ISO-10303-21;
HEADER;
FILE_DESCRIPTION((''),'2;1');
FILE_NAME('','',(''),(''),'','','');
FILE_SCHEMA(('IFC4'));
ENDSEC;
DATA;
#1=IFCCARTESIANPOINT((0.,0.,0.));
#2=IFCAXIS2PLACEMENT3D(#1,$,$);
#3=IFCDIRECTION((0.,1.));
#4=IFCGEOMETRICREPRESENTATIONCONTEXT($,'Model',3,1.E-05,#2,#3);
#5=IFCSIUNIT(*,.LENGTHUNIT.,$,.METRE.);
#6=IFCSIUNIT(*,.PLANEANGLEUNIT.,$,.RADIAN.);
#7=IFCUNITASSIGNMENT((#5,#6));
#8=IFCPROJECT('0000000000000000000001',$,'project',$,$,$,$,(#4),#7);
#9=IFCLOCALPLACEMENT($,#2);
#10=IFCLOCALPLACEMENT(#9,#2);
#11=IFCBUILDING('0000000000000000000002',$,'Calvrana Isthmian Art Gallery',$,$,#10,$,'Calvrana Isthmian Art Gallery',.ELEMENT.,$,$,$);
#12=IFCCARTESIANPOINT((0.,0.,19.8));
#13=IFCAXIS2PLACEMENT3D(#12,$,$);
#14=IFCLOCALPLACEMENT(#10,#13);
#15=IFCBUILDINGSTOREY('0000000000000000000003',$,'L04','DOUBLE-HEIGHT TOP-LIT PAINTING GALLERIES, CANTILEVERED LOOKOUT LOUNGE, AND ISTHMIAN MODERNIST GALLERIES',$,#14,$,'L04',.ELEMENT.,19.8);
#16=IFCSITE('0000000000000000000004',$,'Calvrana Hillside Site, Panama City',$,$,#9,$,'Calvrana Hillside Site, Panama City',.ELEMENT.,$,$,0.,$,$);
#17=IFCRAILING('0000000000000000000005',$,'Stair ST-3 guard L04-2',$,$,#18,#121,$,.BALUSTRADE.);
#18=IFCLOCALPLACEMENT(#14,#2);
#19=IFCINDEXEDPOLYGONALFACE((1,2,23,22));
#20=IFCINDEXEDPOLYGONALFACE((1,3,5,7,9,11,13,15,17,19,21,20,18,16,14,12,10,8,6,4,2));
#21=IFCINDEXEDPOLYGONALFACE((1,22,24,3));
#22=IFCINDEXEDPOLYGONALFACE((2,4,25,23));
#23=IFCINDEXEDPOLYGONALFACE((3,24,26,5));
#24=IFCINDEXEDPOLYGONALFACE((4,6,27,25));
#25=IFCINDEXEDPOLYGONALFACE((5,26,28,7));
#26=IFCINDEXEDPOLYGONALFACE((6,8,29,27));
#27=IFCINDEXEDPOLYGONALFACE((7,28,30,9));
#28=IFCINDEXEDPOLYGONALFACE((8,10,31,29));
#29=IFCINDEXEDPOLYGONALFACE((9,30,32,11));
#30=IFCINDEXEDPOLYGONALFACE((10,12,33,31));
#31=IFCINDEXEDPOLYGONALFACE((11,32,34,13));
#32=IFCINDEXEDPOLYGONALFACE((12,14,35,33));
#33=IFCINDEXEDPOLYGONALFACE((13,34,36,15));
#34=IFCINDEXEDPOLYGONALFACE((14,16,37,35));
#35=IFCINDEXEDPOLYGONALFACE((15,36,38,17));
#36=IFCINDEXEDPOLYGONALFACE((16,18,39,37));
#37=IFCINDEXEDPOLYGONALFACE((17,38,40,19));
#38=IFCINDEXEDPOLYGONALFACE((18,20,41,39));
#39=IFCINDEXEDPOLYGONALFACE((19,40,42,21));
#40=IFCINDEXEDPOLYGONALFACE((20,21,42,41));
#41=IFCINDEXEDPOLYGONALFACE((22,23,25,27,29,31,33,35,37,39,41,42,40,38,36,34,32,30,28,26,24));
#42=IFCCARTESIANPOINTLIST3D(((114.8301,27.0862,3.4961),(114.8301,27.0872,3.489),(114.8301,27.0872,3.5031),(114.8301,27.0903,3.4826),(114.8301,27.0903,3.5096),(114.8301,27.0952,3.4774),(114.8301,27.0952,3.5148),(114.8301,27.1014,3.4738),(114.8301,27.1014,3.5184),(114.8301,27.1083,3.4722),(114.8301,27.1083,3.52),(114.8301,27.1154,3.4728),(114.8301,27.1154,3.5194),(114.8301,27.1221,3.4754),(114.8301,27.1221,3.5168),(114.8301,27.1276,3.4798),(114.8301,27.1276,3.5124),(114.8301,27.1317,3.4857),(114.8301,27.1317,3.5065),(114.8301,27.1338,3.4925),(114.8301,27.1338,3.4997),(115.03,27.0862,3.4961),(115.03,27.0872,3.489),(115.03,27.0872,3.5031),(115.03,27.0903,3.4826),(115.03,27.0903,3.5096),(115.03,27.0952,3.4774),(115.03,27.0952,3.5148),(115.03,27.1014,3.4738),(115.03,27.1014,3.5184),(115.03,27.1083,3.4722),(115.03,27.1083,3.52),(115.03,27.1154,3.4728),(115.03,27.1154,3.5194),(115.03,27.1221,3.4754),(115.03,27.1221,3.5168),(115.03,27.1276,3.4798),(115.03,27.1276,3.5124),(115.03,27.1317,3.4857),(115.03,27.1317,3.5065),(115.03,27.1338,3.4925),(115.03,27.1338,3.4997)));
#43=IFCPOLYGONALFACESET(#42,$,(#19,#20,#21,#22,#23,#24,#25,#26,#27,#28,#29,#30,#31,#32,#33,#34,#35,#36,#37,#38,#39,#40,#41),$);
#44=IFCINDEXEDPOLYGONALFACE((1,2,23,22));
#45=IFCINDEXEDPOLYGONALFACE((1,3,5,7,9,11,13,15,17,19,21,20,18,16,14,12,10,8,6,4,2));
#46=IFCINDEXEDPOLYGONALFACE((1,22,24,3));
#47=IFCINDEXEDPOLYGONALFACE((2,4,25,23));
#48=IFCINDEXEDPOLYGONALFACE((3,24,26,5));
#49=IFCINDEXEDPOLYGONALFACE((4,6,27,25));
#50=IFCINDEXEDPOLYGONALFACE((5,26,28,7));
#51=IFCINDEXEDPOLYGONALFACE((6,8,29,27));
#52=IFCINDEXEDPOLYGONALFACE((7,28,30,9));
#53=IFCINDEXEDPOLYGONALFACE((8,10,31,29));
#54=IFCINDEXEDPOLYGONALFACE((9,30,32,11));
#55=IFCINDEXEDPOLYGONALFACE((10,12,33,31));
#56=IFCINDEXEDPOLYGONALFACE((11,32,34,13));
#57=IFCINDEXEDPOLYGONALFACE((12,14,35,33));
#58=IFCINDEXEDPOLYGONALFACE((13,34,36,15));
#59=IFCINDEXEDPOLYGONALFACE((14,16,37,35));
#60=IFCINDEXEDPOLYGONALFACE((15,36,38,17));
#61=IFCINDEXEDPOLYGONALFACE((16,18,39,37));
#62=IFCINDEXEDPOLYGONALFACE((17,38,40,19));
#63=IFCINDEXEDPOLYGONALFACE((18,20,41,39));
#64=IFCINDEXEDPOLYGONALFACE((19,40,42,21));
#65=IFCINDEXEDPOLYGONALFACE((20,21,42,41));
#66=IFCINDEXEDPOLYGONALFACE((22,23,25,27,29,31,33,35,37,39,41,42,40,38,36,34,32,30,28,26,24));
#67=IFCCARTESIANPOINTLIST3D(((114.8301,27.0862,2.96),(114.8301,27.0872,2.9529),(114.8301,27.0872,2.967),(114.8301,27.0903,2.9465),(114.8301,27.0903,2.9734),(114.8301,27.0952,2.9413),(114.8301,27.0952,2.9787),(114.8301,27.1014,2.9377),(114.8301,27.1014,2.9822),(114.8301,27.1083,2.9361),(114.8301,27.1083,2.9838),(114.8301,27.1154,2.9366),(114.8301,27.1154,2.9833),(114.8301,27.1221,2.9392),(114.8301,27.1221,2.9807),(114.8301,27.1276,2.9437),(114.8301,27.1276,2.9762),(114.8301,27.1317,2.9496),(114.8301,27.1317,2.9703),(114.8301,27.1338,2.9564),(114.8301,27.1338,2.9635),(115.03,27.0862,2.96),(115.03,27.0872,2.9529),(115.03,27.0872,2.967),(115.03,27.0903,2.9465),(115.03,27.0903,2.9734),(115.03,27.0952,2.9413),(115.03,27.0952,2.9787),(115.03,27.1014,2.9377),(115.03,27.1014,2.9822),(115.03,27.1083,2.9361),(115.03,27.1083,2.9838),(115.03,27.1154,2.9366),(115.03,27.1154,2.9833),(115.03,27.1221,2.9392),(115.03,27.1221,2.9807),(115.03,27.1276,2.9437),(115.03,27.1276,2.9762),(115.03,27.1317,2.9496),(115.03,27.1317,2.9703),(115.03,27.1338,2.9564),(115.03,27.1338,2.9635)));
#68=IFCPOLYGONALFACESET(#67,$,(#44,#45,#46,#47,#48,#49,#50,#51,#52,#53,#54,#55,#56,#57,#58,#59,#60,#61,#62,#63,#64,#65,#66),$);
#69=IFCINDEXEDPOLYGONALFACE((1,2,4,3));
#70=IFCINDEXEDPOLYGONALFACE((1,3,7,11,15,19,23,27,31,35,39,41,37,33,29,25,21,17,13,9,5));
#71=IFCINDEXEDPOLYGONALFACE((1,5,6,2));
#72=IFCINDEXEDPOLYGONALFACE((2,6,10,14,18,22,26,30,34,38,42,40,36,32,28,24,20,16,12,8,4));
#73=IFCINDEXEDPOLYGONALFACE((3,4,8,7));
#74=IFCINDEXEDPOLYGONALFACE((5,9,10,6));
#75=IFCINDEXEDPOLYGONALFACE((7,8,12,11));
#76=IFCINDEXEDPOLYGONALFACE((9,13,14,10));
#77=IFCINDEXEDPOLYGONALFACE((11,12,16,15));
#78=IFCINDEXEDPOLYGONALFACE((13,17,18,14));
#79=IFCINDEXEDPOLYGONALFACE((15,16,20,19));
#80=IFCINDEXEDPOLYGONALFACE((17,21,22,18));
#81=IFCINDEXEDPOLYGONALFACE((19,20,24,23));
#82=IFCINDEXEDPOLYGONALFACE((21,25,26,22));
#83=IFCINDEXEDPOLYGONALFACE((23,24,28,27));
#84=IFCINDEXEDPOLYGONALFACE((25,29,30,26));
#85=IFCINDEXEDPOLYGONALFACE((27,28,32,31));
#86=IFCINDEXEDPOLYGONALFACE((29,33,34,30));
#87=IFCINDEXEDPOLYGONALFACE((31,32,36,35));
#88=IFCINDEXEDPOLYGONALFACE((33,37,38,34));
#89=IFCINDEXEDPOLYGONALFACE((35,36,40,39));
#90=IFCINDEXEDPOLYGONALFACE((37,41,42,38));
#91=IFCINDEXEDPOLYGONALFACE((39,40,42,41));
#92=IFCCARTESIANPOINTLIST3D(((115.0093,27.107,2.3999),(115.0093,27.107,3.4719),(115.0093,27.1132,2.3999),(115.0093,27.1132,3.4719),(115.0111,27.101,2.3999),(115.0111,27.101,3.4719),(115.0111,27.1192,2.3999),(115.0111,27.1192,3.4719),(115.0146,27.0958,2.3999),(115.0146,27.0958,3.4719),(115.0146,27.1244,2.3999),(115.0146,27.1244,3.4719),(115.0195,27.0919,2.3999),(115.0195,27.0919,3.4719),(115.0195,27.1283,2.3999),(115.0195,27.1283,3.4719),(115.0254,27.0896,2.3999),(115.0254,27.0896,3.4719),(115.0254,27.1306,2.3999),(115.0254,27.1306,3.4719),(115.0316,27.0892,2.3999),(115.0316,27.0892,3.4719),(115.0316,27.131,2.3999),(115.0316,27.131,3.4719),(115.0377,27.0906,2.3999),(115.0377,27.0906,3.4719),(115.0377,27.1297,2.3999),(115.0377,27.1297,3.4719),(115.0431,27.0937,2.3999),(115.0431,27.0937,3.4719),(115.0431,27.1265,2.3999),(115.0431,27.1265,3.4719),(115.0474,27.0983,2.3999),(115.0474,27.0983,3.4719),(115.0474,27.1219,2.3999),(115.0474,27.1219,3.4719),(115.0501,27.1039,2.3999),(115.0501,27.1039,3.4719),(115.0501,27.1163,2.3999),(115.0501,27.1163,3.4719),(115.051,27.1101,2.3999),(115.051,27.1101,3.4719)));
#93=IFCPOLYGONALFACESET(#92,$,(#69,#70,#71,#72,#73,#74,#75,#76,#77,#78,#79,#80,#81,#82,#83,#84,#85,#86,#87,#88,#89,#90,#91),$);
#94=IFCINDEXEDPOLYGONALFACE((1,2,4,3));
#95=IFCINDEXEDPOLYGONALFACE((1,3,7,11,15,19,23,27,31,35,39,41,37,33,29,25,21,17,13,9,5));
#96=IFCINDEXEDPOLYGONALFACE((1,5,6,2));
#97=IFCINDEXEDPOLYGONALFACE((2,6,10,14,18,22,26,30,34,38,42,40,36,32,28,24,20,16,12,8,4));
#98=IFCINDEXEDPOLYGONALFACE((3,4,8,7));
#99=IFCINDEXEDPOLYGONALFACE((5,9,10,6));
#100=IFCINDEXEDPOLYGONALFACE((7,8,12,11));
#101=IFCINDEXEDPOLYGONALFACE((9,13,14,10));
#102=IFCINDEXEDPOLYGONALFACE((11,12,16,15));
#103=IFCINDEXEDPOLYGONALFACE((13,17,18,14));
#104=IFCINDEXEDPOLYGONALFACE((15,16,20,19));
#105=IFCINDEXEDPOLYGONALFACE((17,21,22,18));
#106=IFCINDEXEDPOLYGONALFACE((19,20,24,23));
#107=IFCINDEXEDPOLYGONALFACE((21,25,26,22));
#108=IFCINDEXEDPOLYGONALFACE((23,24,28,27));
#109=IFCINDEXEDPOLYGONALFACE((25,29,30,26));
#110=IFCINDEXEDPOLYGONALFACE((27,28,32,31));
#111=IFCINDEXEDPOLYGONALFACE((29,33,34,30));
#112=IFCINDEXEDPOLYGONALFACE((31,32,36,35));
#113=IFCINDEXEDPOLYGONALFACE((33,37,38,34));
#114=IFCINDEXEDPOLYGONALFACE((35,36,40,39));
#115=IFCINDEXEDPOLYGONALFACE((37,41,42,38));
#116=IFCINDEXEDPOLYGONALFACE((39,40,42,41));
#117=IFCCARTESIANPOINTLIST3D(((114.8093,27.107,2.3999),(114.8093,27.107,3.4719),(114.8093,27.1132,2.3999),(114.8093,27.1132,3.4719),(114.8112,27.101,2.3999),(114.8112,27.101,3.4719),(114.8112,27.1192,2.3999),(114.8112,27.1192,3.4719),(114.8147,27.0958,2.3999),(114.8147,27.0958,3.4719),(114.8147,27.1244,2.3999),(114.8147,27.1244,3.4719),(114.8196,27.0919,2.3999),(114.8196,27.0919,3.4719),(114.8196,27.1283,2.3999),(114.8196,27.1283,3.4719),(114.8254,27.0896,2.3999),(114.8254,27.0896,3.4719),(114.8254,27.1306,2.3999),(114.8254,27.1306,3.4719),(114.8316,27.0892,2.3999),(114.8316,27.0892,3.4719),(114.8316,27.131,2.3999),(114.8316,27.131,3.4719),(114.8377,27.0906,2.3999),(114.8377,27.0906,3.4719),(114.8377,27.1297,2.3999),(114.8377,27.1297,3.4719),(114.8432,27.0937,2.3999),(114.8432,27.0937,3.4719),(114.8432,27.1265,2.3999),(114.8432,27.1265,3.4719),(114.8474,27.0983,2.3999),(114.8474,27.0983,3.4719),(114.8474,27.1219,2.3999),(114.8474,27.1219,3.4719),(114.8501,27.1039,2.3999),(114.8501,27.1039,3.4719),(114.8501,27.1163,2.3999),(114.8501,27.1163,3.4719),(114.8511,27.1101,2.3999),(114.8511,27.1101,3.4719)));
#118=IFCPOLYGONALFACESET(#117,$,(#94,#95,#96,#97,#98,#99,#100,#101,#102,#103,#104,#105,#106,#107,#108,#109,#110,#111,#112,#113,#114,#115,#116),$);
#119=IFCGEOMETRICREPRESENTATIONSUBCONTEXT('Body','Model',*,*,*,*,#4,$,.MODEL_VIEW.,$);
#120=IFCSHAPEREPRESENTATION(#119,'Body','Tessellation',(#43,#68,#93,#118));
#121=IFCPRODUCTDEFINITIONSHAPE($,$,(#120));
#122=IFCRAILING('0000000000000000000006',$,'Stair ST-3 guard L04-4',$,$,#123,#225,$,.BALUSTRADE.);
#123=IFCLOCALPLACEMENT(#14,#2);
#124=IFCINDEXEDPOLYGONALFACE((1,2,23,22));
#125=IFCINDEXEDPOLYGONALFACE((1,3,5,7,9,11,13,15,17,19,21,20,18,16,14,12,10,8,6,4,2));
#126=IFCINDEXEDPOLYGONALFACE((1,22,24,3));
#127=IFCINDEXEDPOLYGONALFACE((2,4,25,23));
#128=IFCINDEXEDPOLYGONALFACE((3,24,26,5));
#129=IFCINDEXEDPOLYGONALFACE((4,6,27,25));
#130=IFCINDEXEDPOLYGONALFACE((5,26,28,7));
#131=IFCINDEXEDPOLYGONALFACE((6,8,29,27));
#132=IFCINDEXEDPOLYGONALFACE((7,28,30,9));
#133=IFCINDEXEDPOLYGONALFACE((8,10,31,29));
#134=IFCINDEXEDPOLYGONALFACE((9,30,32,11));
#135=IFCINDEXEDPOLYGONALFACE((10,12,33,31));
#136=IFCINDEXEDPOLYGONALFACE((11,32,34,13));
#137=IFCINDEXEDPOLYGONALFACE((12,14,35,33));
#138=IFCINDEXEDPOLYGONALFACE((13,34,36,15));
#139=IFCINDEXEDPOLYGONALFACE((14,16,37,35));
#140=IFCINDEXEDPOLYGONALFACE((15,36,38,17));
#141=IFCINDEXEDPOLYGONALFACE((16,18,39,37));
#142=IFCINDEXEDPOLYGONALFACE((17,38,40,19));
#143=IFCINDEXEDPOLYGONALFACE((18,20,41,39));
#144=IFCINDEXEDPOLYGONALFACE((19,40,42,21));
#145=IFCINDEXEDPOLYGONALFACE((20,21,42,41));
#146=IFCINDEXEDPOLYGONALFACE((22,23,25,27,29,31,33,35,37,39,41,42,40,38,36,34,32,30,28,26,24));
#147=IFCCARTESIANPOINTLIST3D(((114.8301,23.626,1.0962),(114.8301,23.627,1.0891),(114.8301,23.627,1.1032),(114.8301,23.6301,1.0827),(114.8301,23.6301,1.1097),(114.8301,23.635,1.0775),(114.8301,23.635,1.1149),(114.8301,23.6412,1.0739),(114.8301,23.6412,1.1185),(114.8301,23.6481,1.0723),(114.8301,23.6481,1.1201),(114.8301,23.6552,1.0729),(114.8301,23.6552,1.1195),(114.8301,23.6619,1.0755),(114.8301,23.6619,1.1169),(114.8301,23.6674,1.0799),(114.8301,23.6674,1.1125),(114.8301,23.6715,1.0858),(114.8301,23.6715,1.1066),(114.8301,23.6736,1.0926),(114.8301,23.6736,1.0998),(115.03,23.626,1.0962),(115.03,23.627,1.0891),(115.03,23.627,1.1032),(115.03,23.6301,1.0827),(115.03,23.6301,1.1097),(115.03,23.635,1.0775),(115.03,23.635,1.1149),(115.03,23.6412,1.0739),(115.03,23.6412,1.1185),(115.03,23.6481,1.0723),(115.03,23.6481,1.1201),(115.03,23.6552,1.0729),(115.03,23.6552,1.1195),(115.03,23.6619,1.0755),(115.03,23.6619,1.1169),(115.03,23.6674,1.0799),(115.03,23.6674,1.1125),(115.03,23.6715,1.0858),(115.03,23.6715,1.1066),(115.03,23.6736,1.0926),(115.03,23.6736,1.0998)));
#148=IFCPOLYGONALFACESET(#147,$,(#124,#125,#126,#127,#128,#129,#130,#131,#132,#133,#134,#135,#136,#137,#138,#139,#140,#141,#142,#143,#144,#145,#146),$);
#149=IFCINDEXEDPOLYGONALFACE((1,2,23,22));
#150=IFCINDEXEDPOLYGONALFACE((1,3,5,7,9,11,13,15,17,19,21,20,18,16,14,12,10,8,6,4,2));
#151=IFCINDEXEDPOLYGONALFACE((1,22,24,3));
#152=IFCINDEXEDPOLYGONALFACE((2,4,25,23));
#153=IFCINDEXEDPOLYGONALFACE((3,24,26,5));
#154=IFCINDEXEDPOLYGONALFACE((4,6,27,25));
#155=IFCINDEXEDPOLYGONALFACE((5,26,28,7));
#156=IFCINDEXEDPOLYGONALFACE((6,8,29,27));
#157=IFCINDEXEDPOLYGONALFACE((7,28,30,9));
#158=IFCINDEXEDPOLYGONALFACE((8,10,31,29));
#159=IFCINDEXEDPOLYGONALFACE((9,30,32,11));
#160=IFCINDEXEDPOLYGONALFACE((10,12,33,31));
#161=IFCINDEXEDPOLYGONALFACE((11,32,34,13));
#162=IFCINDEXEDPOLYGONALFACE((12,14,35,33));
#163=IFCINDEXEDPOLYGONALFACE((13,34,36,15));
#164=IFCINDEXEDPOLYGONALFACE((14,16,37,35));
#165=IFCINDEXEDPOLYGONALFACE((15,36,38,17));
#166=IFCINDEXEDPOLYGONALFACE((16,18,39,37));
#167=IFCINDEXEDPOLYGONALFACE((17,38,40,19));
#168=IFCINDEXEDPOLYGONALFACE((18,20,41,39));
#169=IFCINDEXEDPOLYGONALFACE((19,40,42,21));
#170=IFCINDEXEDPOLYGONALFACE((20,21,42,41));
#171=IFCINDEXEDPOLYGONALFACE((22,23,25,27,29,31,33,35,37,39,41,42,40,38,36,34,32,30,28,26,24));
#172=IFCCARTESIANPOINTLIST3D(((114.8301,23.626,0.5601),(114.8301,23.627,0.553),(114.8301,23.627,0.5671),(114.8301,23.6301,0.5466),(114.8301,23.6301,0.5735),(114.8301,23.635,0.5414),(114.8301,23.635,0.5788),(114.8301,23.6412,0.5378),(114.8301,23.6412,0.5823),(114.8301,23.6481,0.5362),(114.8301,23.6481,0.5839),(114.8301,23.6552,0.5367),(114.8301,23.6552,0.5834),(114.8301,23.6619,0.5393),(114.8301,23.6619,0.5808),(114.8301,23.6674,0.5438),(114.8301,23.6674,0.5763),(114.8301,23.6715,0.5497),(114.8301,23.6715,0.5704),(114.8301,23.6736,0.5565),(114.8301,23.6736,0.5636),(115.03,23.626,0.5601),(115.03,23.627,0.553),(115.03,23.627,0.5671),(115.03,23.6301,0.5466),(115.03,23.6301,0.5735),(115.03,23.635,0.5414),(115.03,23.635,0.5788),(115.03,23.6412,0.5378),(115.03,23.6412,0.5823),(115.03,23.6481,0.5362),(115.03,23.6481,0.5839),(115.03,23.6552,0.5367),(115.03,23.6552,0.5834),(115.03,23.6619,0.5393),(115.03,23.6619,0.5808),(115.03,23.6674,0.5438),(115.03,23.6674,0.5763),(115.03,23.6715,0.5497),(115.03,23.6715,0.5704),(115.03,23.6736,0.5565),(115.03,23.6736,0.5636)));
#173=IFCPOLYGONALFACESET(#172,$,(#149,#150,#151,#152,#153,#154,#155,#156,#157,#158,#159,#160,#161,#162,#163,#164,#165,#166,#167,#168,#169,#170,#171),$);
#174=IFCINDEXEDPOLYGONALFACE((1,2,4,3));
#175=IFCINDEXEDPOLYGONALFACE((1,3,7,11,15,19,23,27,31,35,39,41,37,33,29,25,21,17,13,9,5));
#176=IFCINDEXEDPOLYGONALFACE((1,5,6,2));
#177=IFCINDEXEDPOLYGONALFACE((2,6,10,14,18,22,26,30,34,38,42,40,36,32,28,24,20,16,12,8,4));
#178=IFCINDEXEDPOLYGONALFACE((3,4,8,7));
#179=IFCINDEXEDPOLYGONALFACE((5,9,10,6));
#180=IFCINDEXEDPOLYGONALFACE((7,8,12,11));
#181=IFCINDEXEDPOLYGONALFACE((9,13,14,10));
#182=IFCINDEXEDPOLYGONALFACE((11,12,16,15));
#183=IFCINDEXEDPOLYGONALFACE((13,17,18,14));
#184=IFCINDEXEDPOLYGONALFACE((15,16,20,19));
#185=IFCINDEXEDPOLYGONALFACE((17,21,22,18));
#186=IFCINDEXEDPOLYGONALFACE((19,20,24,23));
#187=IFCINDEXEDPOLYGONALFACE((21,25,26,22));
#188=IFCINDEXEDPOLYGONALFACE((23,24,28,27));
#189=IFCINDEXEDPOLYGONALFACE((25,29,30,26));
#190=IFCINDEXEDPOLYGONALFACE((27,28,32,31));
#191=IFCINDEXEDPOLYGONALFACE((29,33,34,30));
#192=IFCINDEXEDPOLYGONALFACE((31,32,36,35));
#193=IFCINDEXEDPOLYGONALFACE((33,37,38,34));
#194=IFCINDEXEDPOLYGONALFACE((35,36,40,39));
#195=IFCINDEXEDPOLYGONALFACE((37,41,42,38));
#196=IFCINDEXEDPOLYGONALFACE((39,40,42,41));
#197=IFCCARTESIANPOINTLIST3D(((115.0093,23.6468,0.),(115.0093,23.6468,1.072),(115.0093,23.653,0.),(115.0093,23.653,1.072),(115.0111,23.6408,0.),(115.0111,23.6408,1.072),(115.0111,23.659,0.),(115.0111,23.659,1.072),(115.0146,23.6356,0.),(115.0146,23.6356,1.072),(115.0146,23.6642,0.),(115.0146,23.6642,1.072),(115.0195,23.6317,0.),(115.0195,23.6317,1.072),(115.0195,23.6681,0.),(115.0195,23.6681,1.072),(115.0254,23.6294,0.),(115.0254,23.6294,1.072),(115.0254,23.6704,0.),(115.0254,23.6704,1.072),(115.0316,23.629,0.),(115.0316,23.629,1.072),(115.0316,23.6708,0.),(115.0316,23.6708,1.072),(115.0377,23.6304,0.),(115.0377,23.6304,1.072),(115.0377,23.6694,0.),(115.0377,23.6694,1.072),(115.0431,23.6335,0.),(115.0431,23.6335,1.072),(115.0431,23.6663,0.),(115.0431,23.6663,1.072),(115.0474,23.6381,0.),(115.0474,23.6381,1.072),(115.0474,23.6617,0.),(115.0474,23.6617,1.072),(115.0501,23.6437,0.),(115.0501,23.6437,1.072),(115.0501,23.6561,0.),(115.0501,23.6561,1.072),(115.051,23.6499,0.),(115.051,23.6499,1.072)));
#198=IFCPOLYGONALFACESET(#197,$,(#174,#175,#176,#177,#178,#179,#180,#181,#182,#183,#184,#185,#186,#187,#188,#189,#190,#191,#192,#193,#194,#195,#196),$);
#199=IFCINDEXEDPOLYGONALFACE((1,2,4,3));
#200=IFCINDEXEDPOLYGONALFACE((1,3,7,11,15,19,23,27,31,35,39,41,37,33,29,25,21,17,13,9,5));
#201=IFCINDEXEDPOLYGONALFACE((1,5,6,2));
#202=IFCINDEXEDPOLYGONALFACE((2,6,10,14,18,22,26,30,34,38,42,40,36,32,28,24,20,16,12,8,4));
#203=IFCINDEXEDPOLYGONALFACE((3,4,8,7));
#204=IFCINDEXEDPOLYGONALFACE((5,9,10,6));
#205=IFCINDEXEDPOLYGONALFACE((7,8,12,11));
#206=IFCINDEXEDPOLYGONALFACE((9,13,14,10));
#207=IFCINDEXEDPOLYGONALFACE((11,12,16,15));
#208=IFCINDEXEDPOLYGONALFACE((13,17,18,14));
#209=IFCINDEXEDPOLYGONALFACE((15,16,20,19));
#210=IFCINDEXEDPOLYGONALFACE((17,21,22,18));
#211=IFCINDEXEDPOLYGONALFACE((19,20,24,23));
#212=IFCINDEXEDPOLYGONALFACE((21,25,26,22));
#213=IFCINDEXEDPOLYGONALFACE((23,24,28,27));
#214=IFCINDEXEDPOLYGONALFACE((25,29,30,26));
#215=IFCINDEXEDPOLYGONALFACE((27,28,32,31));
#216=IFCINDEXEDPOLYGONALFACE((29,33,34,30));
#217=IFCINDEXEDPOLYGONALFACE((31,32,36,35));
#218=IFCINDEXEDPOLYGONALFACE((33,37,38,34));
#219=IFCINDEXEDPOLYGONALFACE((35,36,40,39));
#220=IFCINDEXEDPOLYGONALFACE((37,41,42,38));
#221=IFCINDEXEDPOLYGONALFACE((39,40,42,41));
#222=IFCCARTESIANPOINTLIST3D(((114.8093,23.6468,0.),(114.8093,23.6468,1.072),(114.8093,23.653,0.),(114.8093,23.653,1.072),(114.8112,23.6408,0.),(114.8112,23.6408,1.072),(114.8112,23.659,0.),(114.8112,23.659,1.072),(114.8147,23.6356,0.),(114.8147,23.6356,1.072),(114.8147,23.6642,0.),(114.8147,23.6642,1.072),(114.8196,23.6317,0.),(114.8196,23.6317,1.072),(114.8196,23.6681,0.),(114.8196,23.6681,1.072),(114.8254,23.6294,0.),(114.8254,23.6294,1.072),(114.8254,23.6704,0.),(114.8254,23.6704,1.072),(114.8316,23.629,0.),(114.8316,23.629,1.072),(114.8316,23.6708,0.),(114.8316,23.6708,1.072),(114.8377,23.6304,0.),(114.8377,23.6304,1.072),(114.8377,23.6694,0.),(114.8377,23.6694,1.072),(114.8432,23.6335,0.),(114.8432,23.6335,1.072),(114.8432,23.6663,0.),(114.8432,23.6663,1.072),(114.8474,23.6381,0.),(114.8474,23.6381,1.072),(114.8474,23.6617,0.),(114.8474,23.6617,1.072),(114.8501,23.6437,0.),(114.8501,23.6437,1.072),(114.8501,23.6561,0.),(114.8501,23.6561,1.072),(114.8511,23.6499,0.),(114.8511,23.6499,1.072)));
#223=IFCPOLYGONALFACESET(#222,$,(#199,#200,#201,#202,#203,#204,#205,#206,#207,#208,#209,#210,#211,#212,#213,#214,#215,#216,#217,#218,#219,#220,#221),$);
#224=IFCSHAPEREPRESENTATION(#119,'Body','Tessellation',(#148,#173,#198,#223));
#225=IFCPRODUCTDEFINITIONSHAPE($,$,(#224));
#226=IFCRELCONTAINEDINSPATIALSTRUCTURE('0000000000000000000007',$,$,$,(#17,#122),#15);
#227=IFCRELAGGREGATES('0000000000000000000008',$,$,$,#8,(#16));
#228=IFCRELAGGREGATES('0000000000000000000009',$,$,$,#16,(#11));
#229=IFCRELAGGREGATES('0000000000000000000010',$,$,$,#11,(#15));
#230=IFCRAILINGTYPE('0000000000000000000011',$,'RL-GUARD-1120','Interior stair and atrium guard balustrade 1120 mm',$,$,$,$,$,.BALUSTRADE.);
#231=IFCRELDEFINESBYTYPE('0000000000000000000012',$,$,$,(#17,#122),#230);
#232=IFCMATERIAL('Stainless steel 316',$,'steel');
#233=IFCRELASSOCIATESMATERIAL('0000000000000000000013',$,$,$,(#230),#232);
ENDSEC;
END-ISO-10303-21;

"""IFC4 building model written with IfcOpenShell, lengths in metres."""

from ifc_helpers import new_model, si_unit, direction, frame, origin, origin_2d, place, context, subcontext, project, spatial, circle, extrude, material, type_object, element, save


model = new_model("IFC4")

# Units and contexts
model_context = context("Model", 3, precision=1e-05, world=origin(), true_north=direction((0.0, 1.0)))
body_context = subcontext(model_context, "Body", "Model", "MODEL_VIEW")
ifc_project = project(units=[si_unit("LENGTHUNIT", "METRE"), si_unit("PLANEANGLEUNIT", "RADIAN")], contexts=[model_context])

# Site, building, storey
site_placement = place(None, origin())
site = spatial("IfcSite", under=ifc_project, at=site_placement, Name="Calvrana Hillside Site, Panama City", LongName="Calvrana Hillside Site, Panama City", CompositionType="ELEMENT", RefElevation=0.0)
building_placement = place(site_placement, origin())
building = spatial("IfcBuilding", under=site, at=building_placement, Name="Calvrana Isthmian Art Gallery", LongName="Calvrana Isthmian Art Gallery", CompositionType="ELEMENT")
storey_placement = place(building_placement, frame((0.0, 0.0, 19.8)))
storey = spatial("IfcBuildingStorey", under=building, at=storey_placement, Name="L04", Description="DOUBLE-HEIGHT TOP-LIT PAINTING GALLERIES, CANTILEVERED LOOKOUT LOUNGE, AND ISTHMIAN MODERNIST GALLERIES", LongName="L04", CompositionType="ELEMENT", Elevation=19.8)

# Shared definitions
ifc_material_1 = material(Name="Stainless steel 316", Category="steel")

# Railings
railing_type_1 = type_object("IfcRailingType", Name="RL-GUARD-1120", Description="Interior stair and atrium guard balustrade 1120 mm", PredefinedType="BALUSTRADE", material=ifc_material_1)
for number, where, name in (
    (1, (115.03, 27.1101, 2.3999), "Stair ST-3 guard L04-2"),
    (2, (115.03, 23.6499, 0.0), "Stair ST-3 guard L04-4"),
):
    element("IfcRailing", number, at=place(storey_placement, frame(where)), inside=storey, type_object=railing_type_1, Name=name, PredefinedType="BALUSTRADE", context=body_context, shape_type="SweptSolid", body=[
        extrude(circle(Radius=0.0239, at=origin_2d()), frame((0.0, 0.0, 1.0962), z_axis=(-1.0, 0.0, 0.0), x_axis=(0.0, -1.0, 0.0)), (0.0, 0.0, 1.0), 0.2),
        extrude(circle(Radius=0.0239, at=origin_2d()), frame((0.0, 0.0, 0.5601), z_axis=(-1.0, 0.0, 0.0), x_axis=(0.0, -1.0, 0.0)), (0.0, 0.0, 1.0), 0.2),
        extrude(circle(Radius=0.021, at=origin_2d()), origin(), (0.0, 0.0, 1.0), 1.072),
        extrude(circle(Radius=0.021, at=origin_2d()), frame((-0.2, 0.0, 0.0)), (0.0, 0.0, 1.0), 1.072),
    ])

save(model, "model.ifc")
